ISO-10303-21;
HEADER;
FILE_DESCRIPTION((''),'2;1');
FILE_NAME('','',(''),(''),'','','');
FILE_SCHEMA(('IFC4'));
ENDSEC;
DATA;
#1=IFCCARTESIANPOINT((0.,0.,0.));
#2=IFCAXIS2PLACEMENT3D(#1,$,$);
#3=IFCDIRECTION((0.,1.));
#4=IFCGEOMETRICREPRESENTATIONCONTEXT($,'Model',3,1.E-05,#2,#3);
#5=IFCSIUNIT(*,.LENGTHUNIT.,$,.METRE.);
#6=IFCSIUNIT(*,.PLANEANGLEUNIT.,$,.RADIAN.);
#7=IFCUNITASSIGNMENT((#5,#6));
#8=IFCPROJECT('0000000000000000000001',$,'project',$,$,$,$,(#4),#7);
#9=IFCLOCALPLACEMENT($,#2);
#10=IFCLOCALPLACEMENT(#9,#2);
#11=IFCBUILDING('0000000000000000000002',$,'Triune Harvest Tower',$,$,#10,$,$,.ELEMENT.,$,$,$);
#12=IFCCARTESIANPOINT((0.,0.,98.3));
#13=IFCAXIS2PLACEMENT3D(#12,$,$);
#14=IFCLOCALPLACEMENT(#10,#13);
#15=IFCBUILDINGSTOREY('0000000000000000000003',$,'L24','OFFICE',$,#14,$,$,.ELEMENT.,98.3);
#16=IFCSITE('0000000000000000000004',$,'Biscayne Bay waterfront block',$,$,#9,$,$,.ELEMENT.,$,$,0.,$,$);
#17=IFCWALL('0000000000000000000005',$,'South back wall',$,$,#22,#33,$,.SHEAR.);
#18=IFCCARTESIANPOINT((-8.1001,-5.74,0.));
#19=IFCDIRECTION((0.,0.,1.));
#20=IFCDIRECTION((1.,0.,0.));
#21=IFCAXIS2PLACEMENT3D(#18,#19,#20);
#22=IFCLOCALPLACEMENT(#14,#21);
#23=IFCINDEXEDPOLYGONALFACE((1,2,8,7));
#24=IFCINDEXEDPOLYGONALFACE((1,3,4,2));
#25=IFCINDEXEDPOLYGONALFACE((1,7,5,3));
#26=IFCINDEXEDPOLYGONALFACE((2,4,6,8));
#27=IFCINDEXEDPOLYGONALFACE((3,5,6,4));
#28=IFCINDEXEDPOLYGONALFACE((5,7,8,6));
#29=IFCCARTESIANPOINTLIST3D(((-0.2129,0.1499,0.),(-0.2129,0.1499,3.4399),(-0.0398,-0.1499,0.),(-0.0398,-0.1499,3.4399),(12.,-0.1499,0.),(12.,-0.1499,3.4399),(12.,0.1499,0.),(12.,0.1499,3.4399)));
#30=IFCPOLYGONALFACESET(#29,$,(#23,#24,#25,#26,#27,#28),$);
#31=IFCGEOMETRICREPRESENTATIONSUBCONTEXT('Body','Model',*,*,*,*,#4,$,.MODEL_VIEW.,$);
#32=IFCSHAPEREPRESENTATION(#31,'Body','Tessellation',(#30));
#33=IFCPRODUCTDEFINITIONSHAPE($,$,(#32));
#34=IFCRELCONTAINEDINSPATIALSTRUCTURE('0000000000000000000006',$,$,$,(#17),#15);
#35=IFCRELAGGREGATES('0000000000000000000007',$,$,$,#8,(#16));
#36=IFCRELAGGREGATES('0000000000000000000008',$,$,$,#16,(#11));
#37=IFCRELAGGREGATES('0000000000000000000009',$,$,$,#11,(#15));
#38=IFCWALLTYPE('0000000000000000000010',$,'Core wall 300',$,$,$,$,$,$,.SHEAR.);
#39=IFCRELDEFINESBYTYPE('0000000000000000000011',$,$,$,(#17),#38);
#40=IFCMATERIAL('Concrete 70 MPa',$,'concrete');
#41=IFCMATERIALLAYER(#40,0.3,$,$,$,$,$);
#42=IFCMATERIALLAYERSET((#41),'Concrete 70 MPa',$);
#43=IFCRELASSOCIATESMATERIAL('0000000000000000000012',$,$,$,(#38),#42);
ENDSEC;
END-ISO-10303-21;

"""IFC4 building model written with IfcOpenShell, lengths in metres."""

from ifc_helpers import new_model, si_unit, direction, frame, origin, place, context, subcontext, project, spatial, polyline, outline, extrude, source, transform, mapped, material, layer, layer_set, type_object, element, save


model = new_model("IFC4")

# Units and contexts
model_context = context("Model", 3, precision=1e-05, world=origin(), true_north=direction((0.0, 1.0)))
body_context = subcontext(model_context, "Body", "Model", "MODEL_VIEW")
ifc_project = project(units=[si_unit("LENGTHUNIT", "METRE"), si_unit("PLANEANGLEUNIT", "RADIAN")], contexts=[model_context])

# Site, building, storey
site_placement = place(None, origin())
site = spatial("IfcSite", under=ifc_project, at=site_placement, Name="Biscayne Bay waterfront block", CompositionType="ELEMENT", RefElevation=0.0)
building_placement = place(site_placement, origin())
building = spatial("IfcBuilding", under=site, at=building_placement, Name="Triune Harvest Tower", CompositionType="ELEMENT")
storey_placement = place(building_placement, frame((0.0, 0.0, 98.3)))
storey = spatial("IfcBuildingStorey", under=building, at=storey_placement, Name="L24", Description="OFFICE", CompositionType="ELEMENT", Elevation=98.3)

# Shared definitions
ifc_material_1 = material(Name="Concrete 70 MPa", Category="concrete")
ifc_layer_1 = layer(ifc_material_1, 0.3)
ifc_layer_set_1 = layer_set([ifc_layer_1], Name="Concrete 70 MPa")
wall_type_1 = type_object("IfcWallType", Name="Core wall 300", PredefinedType="SHEAR", material=ifc_layer_set_1)

# Wall
shared_shape_1 = source(origin(), body_context, "Body", "SweptSolid", [
    extrude(outline(polyline([(12.0, -0.1499), (-0.0398, -0.1499), (-0.2129, 0.1499), (12.0, 0.1499), (12.0, -0.1499)])), origin(), (0.0, 0.0, 1.0), 3.4399),
])
wall_1_placement = place(storey_placement, frame((-8.1001, -5.74, 0.0), z_axis=(0.0, 0.0, 1.0), x_axis=(1.0, 0.0, 0.0)))
element("IfcWall", 1, at=wall_1_placement, inside=storey, type_object=wall_type_1, Name="South back wall", PredefinedType="SHEAR", context=body_context, shape_type="MappedRepresentation", body=[
    mapped(shared_shape_1, transform((0.0, 0.0, 0.0), scale=1.0)),
])

save(model, "model.ifc")
